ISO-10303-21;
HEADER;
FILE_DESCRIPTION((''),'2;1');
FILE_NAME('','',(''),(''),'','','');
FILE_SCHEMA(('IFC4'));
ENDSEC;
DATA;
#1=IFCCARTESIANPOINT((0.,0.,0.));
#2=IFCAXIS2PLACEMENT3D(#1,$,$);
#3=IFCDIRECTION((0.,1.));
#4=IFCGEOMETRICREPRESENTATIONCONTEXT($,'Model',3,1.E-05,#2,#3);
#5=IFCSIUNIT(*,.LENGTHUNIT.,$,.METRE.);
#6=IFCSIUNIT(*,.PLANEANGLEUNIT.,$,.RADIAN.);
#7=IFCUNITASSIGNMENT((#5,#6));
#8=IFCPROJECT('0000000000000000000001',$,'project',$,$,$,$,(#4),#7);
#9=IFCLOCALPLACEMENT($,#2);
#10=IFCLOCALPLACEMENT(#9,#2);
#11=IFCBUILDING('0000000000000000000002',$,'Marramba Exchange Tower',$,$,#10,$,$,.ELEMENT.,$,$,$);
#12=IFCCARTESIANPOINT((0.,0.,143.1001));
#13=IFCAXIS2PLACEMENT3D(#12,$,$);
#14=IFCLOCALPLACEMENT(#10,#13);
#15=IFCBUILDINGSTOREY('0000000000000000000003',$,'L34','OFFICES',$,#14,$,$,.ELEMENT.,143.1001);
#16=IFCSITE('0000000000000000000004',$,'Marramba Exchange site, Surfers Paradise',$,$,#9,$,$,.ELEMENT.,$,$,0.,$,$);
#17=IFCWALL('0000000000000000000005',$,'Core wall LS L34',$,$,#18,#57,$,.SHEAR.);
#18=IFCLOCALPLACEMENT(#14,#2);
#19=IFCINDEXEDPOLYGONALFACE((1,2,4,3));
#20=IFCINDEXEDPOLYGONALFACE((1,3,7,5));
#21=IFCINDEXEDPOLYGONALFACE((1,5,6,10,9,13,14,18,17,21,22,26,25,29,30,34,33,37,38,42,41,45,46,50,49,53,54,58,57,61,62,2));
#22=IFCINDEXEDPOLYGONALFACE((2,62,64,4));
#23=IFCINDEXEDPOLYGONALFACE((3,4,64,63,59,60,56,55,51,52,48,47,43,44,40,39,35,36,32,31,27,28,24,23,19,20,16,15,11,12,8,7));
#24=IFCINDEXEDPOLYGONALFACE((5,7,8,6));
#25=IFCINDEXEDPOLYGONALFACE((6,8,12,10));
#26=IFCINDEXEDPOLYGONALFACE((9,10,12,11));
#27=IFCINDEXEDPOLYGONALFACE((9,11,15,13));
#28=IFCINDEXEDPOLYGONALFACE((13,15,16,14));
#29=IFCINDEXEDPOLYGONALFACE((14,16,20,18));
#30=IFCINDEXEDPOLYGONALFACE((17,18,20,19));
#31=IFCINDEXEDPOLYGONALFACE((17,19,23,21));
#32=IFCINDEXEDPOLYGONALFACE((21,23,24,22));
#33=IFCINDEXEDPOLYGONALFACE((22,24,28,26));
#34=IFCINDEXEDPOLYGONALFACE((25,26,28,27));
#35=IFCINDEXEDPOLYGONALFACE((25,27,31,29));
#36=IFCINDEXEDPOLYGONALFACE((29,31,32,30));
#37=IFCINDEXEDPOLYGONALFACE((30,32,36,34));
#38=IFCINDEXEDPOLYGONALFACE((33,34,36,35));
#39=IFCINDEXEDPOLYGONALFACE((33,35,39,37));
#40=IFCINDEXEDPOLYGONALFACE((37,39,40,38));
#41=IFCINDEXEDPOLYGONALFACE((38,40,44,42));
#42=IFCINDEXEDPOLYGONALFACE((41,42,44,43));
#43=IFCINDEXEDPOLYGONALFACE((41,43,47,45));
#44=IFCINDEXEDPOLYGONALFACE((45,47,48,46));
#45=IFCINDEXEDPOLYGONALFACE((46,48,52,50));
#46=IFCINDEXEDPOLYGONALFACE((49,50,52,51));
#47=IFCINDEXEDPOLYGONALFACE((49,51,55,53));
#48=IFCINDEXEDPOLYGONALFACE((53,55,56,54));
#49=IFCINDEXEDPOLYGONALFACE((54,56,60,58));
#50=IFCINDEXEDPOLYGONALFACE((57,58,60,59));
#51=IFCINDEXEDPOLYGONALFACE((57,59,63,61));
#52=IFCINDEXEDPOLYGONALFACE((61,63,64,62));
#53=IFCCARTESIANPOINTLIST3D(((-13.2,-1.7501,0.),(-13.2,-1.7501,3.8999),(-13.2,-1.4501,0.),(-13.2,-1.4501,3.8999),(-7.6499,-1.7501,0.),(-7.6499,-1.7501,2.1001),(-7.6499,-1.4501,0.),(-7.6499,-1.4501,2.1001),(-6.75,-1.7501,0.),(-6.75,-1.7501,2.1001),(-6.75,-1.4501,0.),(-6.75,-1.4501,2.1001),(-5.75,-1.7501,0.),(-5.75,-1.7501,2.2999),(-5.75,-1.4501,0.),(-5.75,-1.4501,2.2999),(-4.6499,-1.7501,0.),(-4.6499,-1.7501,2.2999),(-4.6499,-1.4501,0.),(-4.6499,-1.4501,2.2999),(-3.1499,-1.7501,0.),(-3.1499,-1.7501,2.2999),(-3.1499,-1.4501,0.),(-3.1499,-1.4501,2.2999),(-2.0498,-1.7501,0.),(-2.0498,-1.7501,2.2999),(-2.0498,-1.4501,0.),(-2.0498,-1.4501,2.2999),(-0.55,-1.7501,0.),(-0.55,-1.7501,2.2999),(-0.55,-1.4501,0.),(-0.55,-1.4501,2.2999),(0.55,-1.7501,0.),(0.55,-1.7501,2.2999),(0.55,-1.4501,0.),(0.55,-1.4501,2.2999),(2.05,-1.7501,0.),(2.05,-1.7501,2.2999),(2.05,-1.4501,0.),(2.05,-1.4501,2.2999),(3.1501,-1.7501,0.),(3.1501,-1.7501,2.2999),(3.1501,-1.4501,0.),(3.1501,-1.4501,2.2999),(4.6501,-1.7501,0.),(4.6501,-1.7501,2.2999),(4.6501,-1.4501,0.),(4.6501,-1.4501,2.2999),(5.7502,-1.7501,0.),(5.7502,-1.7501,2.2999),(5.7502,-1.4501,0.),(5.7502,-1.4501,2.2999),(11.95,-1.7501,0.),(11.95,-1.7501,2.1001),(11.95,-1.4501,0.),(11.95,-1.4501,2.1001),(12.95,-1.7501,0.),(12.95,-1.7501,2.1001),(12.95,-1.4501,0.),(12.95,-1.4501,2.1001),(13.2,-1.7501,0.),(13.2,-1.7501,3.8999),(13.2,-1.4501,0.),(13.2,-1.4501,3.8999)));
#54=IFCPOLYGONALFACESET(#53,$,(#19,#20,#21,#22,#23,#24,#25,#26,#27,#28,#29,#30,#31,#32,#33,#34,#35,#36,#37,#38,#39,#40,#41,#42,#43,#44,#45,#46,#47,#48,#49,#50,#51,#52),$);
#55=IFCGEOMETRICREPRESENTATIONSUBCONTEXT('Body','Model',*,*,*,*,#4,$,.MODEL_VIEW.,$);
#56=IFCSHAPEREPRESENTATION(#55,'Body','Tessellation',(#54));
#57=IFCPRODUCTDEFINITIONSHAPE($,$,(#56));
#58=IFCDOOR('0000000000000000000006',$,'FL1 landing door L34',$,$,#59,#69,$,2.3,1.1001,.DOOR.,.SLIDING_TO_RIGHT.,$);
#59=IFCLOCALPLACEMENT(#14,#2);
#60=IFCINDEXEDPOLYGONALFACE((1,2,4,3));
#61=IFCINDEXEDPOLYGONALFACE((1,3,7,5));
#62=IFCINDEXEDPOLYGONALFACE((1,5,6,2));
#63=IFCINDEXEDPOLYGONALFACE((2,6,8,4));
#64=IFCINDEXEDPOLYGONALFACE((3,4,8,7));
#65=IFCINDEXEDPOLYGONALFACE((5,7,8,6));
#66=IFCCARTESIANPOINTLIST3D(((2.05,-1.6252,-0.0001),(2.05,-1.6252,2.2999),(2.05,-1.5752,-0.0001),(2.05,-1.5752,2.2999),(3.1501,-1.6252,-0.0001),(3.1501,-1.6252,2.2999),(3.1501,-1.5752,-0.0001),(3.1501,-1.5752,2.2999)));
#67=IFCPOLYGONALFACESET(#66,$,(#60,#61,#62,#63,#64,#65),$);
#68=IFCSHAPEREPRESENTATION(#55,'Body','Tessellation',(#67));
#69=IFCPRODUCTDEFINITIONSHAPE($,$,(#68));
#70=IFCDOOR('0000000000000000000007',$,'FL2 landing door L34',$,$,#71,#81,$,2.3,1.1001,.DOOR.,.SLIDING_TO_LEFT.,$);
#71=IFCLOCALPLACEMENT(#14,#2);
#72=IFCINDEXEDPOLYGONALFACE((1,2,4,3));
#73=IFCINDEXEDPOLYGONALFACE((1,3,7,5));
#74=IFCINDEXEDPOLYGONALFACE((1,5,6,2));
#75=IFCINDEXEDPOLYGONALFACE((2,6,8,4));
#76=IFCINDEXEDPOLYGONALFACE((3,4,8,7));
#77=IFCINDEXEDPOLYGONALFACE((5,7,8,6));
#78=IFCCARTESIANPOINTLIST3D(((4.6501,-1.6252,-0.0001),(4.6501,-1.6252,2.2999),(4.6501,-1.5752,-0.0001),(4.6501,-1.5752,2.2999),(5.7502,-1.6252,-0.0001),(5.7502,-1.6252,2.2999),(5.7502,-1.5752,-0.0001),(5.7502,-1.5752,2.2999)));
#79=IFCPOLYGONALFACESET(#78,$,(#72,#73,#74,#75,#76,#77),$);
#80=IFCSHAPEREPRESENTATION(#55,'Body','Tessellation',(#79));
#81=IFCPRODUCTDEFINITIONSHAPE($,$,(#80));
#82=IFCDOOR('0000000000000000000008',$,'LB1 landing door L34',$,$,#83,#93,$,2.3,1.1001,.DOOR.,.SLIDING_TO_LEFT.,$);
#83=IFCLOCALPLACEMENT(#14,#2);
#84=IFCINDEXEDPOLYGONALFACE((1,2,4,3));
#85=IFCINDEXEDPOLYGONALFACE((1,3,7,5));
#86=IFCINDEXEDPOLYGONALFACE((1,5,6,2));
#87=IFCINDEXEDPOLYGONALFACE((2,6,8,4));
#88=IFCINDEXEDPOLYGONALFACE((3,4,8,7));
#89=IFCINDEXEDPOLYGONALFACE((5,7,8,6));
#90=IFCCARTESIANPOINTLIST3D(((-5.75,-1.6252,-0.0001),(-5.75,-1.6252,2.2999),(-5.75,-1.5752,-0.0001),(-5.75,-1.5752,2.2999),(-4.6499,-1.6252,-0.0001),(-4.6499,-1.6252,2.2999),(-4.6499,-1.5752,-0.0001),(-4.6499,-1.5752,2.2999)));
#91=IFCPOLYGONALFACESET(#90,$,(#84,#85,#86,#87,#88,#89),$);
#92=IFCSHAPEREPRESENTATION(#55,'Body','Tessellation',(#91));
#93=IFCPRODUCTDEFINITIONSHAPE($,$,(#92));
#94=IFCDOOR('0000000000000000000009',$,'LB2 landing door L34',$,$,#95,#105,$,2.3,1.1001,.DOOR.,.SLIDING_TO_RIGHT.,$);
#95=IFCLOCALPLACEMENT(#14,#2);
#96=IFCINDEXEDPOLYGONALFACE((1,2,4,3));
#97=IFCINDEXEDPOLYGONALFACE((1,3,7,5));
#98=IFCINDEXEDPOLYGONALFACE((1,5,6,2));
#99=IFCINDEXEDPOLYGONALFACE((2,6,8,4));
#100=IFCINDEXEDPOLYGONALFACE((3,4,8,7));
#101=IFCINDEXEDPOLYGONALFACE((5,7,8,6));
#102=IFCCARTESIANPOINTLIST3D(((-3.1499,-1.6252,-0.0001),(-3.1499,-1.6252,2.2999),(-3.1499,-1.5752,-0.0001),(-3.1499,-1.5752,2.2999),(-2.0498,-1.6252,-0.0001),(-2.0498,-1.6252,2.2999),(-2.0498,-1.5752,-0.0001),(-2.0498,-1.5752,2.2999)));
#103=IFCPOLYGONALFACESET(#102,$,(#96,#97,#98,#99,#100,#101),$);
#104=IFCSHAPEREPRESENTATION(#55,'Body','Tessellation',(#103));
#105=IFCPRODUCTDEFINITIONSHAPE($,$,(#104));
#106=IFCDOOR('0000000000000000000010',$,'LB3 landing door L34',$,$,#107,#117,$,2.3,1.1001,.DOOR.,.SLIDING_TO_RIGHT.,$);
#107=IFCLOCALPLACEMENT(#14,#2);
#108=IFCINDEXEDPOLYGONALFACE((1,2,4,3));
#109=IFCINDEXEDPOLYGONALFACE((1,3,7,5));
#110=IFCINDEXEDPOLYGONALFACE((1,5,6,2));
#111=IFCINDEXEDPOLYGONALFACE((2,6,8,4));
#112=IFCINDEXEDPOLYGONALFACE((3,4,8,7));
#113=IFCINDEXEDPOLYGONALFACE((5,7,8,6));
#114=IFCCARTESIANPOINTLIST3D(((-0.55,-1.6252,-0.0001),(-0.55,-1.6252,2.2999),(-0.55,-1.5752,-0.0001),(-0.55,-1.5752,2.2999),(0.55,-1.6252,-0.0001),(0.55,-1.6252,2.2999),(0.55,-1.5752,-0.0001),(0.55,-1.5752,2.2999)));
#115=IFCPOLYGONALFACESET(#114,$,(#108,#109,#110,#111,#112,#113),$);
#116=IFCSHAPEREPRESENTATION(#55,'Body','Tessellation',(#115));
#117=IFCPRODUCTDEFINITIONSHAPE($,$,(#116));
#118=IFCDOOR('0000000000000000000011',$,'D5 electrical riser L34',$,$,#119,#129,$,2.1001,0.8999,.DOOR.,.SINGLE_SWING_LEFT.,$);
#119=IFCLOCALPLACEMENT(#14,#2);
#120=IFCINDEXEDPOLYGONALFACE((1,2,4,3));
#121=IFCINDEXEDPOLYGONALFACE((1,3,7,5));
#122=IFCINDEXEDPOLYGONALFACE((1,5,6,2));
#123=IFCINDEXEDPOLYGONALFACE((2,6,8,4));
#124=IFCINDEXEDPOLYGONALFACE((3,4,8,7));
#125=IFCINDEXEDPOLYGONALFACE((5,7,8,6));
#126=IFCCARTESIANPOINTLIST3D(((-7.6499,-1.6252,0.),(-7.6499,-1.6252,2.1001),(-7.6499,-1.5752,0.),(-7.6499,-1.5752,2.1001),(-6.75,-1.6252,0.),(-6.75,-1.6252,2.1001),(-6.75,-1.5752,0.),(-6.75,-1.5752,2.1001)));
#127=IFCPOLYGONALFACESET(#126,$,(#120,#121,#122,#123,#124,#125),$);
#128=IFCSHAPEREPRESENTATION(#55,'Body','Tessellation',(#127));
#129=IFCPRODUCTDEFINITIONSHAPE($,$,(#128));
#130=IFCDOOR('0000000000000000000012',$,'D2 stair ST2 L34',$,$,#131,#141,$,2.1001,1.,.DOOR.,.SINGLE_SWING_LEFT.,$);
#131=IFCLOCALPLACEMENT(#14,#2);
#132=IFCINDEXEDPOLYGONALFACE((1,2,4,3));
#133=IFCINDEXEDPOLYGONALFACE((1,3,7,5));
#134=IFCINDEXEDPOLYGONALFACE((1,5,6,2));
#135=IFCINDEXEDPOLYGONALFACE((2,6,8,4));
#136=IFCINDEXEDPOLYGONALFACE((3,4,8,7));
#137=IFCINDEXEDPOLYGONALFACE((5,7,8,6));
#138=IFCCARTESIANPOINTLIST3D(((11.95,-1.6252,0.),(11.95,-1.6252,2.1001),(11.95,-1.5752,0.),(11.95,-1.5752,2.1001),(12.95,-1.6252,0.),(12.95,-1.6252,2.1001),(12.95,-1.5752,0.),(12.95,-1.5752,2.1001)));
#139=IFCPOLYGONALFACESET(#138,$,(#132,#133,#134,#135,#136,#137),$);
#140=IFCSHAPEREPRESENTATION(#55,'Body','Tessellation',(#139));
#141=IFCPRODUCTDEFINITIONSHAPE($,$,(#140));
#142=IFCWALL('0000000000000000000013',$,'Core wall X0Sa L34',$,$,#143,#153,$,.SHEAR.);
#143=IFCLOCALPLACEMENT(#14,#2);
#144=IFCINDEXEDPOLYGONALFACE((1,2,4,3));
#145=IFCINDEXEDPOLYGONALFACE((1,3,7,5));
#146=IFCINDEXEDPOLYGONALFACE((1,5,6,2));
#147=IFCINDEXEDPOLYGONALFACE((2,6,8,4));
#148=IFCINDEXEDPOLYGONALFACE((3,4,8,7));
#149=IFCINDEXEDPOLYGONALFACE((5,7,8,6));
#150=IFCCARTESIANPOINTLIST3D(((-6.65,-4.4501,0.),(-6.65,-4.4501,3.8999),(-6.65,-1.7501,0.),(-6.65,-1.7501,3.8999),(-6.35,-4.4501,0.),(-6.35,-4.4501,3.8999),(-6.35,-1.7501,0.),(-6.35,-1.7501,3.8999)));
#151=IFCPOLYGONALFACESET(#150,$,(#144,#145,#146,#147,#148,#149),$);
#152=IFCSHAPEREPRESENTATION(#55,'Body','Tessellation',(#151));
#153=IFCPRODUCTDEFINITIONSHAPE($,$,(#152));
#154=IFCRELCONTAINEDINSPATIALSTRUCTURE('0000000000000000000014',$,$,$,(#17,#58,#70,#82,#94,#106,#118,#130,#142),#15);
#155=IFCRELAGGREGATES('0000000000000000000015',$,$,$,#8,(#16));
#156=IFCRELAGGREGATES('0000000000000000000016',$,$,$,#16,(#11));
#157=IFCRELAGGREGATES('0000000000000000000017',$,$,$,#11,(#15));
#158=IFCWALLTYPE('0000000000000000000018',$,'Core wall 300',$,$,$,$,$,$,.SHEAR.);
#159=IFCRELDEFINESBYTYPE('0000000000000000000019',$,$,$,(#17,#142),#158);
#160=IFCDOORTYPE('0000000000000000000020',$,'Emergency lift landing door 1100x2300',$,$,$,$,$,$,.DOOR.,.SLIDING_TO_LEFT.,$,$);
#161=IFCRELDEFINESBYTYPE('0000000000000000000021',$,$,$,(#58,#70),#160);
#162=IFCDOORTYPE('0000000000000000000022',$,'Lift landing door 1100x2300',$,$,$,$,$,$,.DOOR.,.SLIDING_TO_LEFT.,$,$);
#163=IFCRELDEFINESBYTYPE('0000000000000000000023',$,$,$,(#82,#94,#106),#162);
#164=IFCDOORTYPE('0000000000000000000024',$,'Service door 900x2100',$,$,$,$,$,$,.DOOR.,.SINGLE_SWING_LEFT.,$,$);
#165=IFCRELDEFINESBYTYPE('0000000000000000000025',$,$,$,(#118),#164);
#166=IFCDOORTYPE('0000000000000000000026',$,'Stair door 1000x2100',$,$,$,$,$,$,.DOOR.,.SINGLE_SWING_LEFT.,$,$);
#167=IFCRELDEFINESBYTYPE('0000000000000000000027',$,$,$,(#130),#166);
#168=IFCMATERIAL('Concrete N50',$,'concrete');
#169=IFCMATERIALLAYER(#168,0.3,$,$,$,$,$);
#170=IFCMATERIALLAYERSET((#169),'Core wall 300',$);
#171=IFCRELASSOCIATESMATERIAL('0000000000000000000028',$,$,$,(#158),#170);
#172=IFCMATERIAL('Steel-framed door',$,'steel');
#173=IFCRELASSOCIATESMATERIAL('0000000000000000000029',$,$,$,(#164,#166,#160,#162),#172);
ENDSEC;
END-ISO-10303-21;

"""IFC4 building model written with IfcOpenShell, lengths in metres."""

from ifc_helpers import new_model, si_unit, direction, frame, frame_2d, origin, place, context, subcontext, project, spatial, rectangle, extrude, material, layer, layer_set, type_object, element, fill, save


model = new_model("IFC4")

# Units and contexts
model_context = context("Model", 3, precision=1e-05, world=origin(), true_north=direction((0.0, 1.0)))
body_context = subcontext(model_context, "Body", "Model", "MODEL_VIEW")
ifc_project = project(units=[si_unit("LENGTHUNIT", "METRE"), si_unit("PLANEANGLEUNIT", "RADIAN")], contexts=[model_context])

# Site, building, storey
site_placement = place(None, origin())
site = spatial("IfcSite", under=ifc_project, at=site_placement, Name="Marramba Exchange site, Surfers Paradise", CompositionType="ELEMENT", RefElevation=0.0)
building_placement = place(site_placement, origin())
building = spatial("IfcBuilding", under=site, at=building_placement, Name="Marramba Exchange Tower", CompositionType="ELEMENT")
storey_placement = place(building_placement, frame((0.0, 0.0, 143.1001)))
storey = spatial("IfcBuildingStorey", under=building, at=storey_placement, Name="L34", Description="OFFICES", CompositionType="ELEMENT", Elevation=143.1001)

# Wall, openings, doors
ifc_material_1 = material(Name="Concrete N50", Category="concrete")
ifc_layer_1 = layer(ifc_material_1, 0.3)
ifc_layer_set_1 = layer_set([ifc_layer_1], Name="Core wall 300")
wall_type_1 = type_object("IfcWallType", Name="Core wall 300", PredefinedType="SHEAR", material=ifc_layer_set_1)
ifc_material_2 = material(Name="Steel-framed door", Category="steel")
door_type_1 = type_object("IfcDoorType", Name="Service door 900x2100", OperationType="SINGLE_SWING_LEFT", PredefinedType="DOOR", material=ifc_material_2)
door_type_2 = type_object("IfcDoorType", Name="Stair door 1000x2100", OperationType="SINGLE_SWING_LEFT", PredefinedType="DOOR", material=ifc_material_2)
wall_1_placement = place(storey_placement, frame((-13.2, -1.6001, 0.0), z_axis=(0.0, 0.0, 1.0), x_axis=(1.0, 0.0, 0.0)))
wall_1 = element("IfcWall", 1, at=wall_1_placement, inside=storey, type_object=wall_type_1, Name="Core wall LS L34", PredefinedType="SHEAR", context=body_context, shape_type="SweptSolid", body=[
    extrude(rectangle(XDim=26.3999, YDim=0.3, at=frame_2d((13.2, 0.0))), origin(), (0.0, 0.0, 1.0), 3.8999),
])
opening_1_placement = place(wall_1_placement, frame((25.1499, 0.0, 0.0)))
opening_1 = element("IfcOpeningElement", 2, at=opening_1_placement, cuts=wall_1, PredefinedType="OPENING", context=body_context, shape_type="SweptSolid", body=[
    extrude(rectangle(XDim=1.0, YDim=2.1001, at=frame_2d((0.5, 1.05))), frame((0.0, 0.1599, 0.0), z_axis=(0.0, -1.0, 0.0), x_axis=(1.0, 0.0, 0.0)), (0.0, 0.0, 1.0), 0.3201),
])
opening_2_placement = place(wall_1_placement, frame((7.45, 0.0, 0.0)))
opening_2 = element("IfcOpeningElement", 3, at=opening_2_placement, cuts=wall_1, PredefinedType="OPENING", context=body_context, shape_type="SweptSolid", body=[
    extrude(rectangle(XDim=1.1001, YDim=2.3, at=frame_2d((0.55, 1.1499))), frame((0.0, 0.1599, 0.0), z_axis=(0.0, -1.0, 0.0), x_axis=(1.0, 0.0, 0.0)), (0.0, 0.0, 1.0), 0.3201),
])
opening_3_placement = place(wall_1_placement, frame((10.05, 0.0, 0.0)))
opening_3 = element("IfcOpeningElement", 4, at=opening_3_placement, cuts=wall_1, PredefinedType="OPENING", context=body_context, shape_type="SweptSolid", body=[
    extrude(rectangle(XDim=1.1001, YDim=2.3, at=frame_2d((0.55, 1.1499))), frame((0.0, 0.1599, 0.0), z_axis=(0.0, -1.0, 0.0), x_axis=(1.0, 0.0, 0.0)), (0.0, 0.0, 1.0), 0.3201),
])
opening_4_placement = place(wall_1_placement, frame((12.6499, 0.0, 0.0)))
opening_4 = element("IfcOpeningElement", 5, at=opening_4_placement, cuts=wall_1, PredefinedType="OPENING", context=body_context, shape_type="SweptSolid", body=[
    extrude(rectangle(XDim=1.1001, YDim=2.3, at=frame_2d((0.55, 1.1499))), frame((0.0, 0.1599, 0.0), z_axis=(0.0, -1.0, 0.0), x_axis=(1.0, 0.0, 0.0)), (0.0, 0.0, 1.0), 0.3201),
])
opening_5_placement = place(wall_1_placement, frame((15.25, 0.0, 0.0)))
opening_5 = element("IfcOpeningElement", 6, at=opening_5_placement, cuts=wall_1, PredefinedType="OPENING", context=body_context, shape_type="SweptSolid", body=[
    extrude(rectangle(XDim=1.1001, YDim=2.3, at=frame_2d((0.55, 1.1499))), frame((0.0, 0.1599, 0.0), z_axis=(0.0, -1.0, 0.0), x_axis=(1.0, 0.0, 0.0)), (0.0, 0.0, 1.0), 0.3201),
])
opening_6_placement = place(wall_1_placement, frame((17.8501, 0.0, 0.0)))
opening_6 = element("IfcOpeningElement", 7, at=opening_6_placement, cuts=wall_1, PredefinedType="OPENING", context=body_context, shape_type="SweptSolid", body=[
    extrude(rectangle(XDim=1.1001, YDim=2.3, at=frame_2d((0.55, 1.1499))), frame((0.0, 0.1599, 0.0), z_axis=(0.0, -1.0, 0.0), x_axis=(1.0, 0.0, 0.0)), (0.0, 0.0, 1.0), 0.3201),
])
opening_7_placement = place(wall_1_placement, frame((5.55, 0.0, 0.0)))
opening_7 = element("IfcOpeningElement", 8, at=opening_7_placement, cuts=wall_1, PredefinedType="OPENING", context=body_context, shape_type="SweptSolid", body=[
    extrude(rectangle(XDim=0.8999, YDim=2.1001, at=frame_2d((0.45, 1.05))), frame((0.0, 0.1599, 0.0), z_axis=(0.0, -1.0, 0.0), x_axis=(1.0, 0.0, 0.0)), (0.0, 0.0, 1.0), 0.3201),
])
door_type_3 = type_object("IfcDoorType", Name="Emergency lift landing door 1100x2300", OperationType="SLIDING_TO_LEFT", PredefinedType="DOOR", material=ifc_material_2)
door_1_placement = place(opening_5_placement, frame((1.1001, 0.0, 0.0), z_axis=(0.0, 0.0, 1.0), x_axis=(-1.0, 0.0, 0.0)))
door_1 = element("IfcDoor", 9, at=door_1_placement, inside=storey, type_object=door_type_3, Name="FL1 landing door L34", OperationType="SLIDING_TO_RIGHT", OverallHeight=2.3, OverallWidth=1.1001, PredefinedType="DOOR", context=body_context, shape_type="SweptSolid", body=[
    extrude(rectangle(XDim=1.1001, YDim=2.3, at=frame_2d((0.55, 1.1499))), frame((0.0, 0.0251, 0.0), z_axis=(0.0, -1.0, 0.0), x_axis=(1.0, 0.0, 0.0)), (0.0, 0.0, 1.0), 0.05),
])
fill(opening_5, door_1)
door_2_placement = place(opening_6_placement, frame((1.1001, 0.0, 0.0), z_axis=(0.0, 0.0, 1.0), x_axis=(-1.0, 0.0, 0.0)))
door_2 = element("IfcDoor", 10, at=door_2_placement, inside=storey, type_object=door_type_3, Name="FL2 landing door L34", OperationType="SLIDING_TO_LEFT", OverallHeight=2.3, OverallWidth=1.1001, PredefinedType="DOOR", context=body_context, shape_type="SweptSolid", body=[
    extrude(rectangle(XDim=1.1001, YDim=2.3, at=frame_2d((0.55, 1.1499))), frame((0.0, 0.0251, 0.0), z_axis=(0.0, -1.0, 0.0), x_axis=(1.0, 0.0, 0.0)), (0.0, 0.0, 1.0), 0.05),
])
fill(opening_6, door_2)
door_type_4 = type_object("IfcDoorType", Name="Lift landing door 1100x2300", OperationType="SLIDING_TO_LEFT", PredefinedType="DOOR", material=ifc_material_2)
door_3_placement = place(opening_2_placement, frame((1.1001, 0.0, 0.0), z_axis=(0.0, 0.0, 1.0), x_axis=(-1.0, 0.0, 0.0)))
door_3 = element("IfcDoor", 11, at=door_3_placement, inside=storey, type_object=door_type_4, Name="LB1 landing door L34", OperationType="SLIDING_TO_LEFT", OverallHeight=2.3, OverallWidth=1.1001, PredefinedType="DOOR", context=body_context, shape_type="SweptSolid", body=[
    extrude(rectangle(XDim=1.1001, YDim=2.3, at=frame_2d((0.55, 1.1499))), frame((0.0, 0.0251, 0.0), z_axis=(0.0, -1.0, 0.0), x_axis=(1.0, 0.0, 0.0)), (0.0, 0.0, 1.0), 0.05),
])
fill(opening_2, door_3)
door_4_placement = place(opening_3_placement, frame((1.1001, 0.0, 0.0), z_axis=(0.0, 0.0, 1.0), x_axis=(-1.0, 0.0, 0.0)))
door_4 = element("IfcDoor", 12, at=door_4_placement, inside=storey, type_object=door_type_4, Name="LB2 landing door L34", OperationType="SLIDING_TO_RIGHT", OverallHeight=2.3, OverallWidth=1.1001, PredefinedType="DOOR", context=body_context, shape_type="SweptSolid", body=[
    extrude(rectangle(XDim=1.1001, YDim=2.3, at=frame_2d((0.55, 1.1499))), frame((0.0, 0.0251, 0.0), z_axis=(0.0, -1.0, 0.0), x_axis=(1.0, 0.0, 0.0)), (0.0, 0.0, 1.0), 0.05),
])
fill(opening_3, door_4)
door_5_placement = place(opening_4_placement, frame((1.1001, 0.0, 0.0), z_axis=(0.0, 0.0, 1.0), x_axis=(-1.0, 0.0, 0.0)))
door_5 = element("IfcDoor", 13, at=door_5_placement, inside=storey, type_object=door_type_4, Name="LB3 landing door L34", OperationType="SLIDING_TO_RIGHT", OverallHeight=2.3, OverallWidth=1.1001, PredefinedType="DOOR", context=body_context, shape_type="SweptSolid", body=[
    extrude(rectangle(XDim=1.1001, YDim=2.3, at=frame_2d((0.55, 1.1499))), frame((0.0, 0.0251, 0.0), z_axis=(0.0, -1.0, 0.0), x_axis=(1.0, 0.0, 0.0)), (0.0, 0.0, 1.0), 0.05),
])
fill(opening_4, door_5)
door_6_placement = place(opening_7_placement, frame((0.8999, 0.0, 0.0), z_axis=(0.0, 0.0, 1.0), x_axis=(-1.0, 0.0, 0.0)))
door_6 = element("IfcDoor", 14, at=door_6_placement, inside=storey, type_object=door_type_1, Name="D5 electrical riser L34", OperationType="SINGLE_SWING_LEFT", OverallHeight=2.1001, OverallWidth=0.8999, PredefinedType="DOOR", context=body_context, shape_type="SweptSolid", body=[
    extrude(rectangle(XDim=0.8999, YDim=2.1001, at=frame_2d((0.45, 1.05))), frame((0.0, 0.0251, 0.0), z_axis=(0.0, -1.0, 0.0), x_axis=(1.0, 0.0, 0.0)), (0.0, 0.0, 1.0), 0.05),
])
fill(opening_7, door_6)
door_7_placement = place(opening_1_placement, frame((1.0, 0.0, 0.0), z_axis=(0.0, 0.0, 1.0), x_axis=(-1.0, 0.0, 0.0)))
door_7 = element("IfcDoor", 15, at=door_7_placement, inside=storey, type_object=door_type_2, Name="D2 stair ST2 L34", OperationType="SINGLE_SWING_LEFT", OverallHeight=2.1001, OverallWidth=1.0, PredefinedType="DOOR", context=body_context, shape_type="SweptSolid", body=[
    extrude(rectangle(XDim=1.0, YDim=2.1001, at=frame_2d((0.5, 1.05))), frame((0.0, 0.0251, 0.0), z_axis=(0.0, -1.0, 0.0), x_axis=(1.0, 0.0, 0.0)), (0.0, 0.0, 1.0), 0.05),
])
fill(opening_1, door_7)

# Wall
wall_2_placement = place(storey_placement, frame((-6.5, -1.75, 0.0), z_axis=(0.0, 0.0, 1.0), x_axis=(0.0, -1.0, 0.0)))
element("IfcWall", 16, at=wall_2_placement, inside=storey, type_object=wall_type_1, Name="Core wall X0Sa L34", PredefinedType="SHEAR", context=body_context, shape_type="SweptSolid", body=[
    extrude(rectangle(XDim=2.7, YDim=0.3, at=frame_2d((1.3501, 0.0))), origin(), (0.0, 0.0, 1.0), 3.8999),
])

save(model, "model.ifc")
